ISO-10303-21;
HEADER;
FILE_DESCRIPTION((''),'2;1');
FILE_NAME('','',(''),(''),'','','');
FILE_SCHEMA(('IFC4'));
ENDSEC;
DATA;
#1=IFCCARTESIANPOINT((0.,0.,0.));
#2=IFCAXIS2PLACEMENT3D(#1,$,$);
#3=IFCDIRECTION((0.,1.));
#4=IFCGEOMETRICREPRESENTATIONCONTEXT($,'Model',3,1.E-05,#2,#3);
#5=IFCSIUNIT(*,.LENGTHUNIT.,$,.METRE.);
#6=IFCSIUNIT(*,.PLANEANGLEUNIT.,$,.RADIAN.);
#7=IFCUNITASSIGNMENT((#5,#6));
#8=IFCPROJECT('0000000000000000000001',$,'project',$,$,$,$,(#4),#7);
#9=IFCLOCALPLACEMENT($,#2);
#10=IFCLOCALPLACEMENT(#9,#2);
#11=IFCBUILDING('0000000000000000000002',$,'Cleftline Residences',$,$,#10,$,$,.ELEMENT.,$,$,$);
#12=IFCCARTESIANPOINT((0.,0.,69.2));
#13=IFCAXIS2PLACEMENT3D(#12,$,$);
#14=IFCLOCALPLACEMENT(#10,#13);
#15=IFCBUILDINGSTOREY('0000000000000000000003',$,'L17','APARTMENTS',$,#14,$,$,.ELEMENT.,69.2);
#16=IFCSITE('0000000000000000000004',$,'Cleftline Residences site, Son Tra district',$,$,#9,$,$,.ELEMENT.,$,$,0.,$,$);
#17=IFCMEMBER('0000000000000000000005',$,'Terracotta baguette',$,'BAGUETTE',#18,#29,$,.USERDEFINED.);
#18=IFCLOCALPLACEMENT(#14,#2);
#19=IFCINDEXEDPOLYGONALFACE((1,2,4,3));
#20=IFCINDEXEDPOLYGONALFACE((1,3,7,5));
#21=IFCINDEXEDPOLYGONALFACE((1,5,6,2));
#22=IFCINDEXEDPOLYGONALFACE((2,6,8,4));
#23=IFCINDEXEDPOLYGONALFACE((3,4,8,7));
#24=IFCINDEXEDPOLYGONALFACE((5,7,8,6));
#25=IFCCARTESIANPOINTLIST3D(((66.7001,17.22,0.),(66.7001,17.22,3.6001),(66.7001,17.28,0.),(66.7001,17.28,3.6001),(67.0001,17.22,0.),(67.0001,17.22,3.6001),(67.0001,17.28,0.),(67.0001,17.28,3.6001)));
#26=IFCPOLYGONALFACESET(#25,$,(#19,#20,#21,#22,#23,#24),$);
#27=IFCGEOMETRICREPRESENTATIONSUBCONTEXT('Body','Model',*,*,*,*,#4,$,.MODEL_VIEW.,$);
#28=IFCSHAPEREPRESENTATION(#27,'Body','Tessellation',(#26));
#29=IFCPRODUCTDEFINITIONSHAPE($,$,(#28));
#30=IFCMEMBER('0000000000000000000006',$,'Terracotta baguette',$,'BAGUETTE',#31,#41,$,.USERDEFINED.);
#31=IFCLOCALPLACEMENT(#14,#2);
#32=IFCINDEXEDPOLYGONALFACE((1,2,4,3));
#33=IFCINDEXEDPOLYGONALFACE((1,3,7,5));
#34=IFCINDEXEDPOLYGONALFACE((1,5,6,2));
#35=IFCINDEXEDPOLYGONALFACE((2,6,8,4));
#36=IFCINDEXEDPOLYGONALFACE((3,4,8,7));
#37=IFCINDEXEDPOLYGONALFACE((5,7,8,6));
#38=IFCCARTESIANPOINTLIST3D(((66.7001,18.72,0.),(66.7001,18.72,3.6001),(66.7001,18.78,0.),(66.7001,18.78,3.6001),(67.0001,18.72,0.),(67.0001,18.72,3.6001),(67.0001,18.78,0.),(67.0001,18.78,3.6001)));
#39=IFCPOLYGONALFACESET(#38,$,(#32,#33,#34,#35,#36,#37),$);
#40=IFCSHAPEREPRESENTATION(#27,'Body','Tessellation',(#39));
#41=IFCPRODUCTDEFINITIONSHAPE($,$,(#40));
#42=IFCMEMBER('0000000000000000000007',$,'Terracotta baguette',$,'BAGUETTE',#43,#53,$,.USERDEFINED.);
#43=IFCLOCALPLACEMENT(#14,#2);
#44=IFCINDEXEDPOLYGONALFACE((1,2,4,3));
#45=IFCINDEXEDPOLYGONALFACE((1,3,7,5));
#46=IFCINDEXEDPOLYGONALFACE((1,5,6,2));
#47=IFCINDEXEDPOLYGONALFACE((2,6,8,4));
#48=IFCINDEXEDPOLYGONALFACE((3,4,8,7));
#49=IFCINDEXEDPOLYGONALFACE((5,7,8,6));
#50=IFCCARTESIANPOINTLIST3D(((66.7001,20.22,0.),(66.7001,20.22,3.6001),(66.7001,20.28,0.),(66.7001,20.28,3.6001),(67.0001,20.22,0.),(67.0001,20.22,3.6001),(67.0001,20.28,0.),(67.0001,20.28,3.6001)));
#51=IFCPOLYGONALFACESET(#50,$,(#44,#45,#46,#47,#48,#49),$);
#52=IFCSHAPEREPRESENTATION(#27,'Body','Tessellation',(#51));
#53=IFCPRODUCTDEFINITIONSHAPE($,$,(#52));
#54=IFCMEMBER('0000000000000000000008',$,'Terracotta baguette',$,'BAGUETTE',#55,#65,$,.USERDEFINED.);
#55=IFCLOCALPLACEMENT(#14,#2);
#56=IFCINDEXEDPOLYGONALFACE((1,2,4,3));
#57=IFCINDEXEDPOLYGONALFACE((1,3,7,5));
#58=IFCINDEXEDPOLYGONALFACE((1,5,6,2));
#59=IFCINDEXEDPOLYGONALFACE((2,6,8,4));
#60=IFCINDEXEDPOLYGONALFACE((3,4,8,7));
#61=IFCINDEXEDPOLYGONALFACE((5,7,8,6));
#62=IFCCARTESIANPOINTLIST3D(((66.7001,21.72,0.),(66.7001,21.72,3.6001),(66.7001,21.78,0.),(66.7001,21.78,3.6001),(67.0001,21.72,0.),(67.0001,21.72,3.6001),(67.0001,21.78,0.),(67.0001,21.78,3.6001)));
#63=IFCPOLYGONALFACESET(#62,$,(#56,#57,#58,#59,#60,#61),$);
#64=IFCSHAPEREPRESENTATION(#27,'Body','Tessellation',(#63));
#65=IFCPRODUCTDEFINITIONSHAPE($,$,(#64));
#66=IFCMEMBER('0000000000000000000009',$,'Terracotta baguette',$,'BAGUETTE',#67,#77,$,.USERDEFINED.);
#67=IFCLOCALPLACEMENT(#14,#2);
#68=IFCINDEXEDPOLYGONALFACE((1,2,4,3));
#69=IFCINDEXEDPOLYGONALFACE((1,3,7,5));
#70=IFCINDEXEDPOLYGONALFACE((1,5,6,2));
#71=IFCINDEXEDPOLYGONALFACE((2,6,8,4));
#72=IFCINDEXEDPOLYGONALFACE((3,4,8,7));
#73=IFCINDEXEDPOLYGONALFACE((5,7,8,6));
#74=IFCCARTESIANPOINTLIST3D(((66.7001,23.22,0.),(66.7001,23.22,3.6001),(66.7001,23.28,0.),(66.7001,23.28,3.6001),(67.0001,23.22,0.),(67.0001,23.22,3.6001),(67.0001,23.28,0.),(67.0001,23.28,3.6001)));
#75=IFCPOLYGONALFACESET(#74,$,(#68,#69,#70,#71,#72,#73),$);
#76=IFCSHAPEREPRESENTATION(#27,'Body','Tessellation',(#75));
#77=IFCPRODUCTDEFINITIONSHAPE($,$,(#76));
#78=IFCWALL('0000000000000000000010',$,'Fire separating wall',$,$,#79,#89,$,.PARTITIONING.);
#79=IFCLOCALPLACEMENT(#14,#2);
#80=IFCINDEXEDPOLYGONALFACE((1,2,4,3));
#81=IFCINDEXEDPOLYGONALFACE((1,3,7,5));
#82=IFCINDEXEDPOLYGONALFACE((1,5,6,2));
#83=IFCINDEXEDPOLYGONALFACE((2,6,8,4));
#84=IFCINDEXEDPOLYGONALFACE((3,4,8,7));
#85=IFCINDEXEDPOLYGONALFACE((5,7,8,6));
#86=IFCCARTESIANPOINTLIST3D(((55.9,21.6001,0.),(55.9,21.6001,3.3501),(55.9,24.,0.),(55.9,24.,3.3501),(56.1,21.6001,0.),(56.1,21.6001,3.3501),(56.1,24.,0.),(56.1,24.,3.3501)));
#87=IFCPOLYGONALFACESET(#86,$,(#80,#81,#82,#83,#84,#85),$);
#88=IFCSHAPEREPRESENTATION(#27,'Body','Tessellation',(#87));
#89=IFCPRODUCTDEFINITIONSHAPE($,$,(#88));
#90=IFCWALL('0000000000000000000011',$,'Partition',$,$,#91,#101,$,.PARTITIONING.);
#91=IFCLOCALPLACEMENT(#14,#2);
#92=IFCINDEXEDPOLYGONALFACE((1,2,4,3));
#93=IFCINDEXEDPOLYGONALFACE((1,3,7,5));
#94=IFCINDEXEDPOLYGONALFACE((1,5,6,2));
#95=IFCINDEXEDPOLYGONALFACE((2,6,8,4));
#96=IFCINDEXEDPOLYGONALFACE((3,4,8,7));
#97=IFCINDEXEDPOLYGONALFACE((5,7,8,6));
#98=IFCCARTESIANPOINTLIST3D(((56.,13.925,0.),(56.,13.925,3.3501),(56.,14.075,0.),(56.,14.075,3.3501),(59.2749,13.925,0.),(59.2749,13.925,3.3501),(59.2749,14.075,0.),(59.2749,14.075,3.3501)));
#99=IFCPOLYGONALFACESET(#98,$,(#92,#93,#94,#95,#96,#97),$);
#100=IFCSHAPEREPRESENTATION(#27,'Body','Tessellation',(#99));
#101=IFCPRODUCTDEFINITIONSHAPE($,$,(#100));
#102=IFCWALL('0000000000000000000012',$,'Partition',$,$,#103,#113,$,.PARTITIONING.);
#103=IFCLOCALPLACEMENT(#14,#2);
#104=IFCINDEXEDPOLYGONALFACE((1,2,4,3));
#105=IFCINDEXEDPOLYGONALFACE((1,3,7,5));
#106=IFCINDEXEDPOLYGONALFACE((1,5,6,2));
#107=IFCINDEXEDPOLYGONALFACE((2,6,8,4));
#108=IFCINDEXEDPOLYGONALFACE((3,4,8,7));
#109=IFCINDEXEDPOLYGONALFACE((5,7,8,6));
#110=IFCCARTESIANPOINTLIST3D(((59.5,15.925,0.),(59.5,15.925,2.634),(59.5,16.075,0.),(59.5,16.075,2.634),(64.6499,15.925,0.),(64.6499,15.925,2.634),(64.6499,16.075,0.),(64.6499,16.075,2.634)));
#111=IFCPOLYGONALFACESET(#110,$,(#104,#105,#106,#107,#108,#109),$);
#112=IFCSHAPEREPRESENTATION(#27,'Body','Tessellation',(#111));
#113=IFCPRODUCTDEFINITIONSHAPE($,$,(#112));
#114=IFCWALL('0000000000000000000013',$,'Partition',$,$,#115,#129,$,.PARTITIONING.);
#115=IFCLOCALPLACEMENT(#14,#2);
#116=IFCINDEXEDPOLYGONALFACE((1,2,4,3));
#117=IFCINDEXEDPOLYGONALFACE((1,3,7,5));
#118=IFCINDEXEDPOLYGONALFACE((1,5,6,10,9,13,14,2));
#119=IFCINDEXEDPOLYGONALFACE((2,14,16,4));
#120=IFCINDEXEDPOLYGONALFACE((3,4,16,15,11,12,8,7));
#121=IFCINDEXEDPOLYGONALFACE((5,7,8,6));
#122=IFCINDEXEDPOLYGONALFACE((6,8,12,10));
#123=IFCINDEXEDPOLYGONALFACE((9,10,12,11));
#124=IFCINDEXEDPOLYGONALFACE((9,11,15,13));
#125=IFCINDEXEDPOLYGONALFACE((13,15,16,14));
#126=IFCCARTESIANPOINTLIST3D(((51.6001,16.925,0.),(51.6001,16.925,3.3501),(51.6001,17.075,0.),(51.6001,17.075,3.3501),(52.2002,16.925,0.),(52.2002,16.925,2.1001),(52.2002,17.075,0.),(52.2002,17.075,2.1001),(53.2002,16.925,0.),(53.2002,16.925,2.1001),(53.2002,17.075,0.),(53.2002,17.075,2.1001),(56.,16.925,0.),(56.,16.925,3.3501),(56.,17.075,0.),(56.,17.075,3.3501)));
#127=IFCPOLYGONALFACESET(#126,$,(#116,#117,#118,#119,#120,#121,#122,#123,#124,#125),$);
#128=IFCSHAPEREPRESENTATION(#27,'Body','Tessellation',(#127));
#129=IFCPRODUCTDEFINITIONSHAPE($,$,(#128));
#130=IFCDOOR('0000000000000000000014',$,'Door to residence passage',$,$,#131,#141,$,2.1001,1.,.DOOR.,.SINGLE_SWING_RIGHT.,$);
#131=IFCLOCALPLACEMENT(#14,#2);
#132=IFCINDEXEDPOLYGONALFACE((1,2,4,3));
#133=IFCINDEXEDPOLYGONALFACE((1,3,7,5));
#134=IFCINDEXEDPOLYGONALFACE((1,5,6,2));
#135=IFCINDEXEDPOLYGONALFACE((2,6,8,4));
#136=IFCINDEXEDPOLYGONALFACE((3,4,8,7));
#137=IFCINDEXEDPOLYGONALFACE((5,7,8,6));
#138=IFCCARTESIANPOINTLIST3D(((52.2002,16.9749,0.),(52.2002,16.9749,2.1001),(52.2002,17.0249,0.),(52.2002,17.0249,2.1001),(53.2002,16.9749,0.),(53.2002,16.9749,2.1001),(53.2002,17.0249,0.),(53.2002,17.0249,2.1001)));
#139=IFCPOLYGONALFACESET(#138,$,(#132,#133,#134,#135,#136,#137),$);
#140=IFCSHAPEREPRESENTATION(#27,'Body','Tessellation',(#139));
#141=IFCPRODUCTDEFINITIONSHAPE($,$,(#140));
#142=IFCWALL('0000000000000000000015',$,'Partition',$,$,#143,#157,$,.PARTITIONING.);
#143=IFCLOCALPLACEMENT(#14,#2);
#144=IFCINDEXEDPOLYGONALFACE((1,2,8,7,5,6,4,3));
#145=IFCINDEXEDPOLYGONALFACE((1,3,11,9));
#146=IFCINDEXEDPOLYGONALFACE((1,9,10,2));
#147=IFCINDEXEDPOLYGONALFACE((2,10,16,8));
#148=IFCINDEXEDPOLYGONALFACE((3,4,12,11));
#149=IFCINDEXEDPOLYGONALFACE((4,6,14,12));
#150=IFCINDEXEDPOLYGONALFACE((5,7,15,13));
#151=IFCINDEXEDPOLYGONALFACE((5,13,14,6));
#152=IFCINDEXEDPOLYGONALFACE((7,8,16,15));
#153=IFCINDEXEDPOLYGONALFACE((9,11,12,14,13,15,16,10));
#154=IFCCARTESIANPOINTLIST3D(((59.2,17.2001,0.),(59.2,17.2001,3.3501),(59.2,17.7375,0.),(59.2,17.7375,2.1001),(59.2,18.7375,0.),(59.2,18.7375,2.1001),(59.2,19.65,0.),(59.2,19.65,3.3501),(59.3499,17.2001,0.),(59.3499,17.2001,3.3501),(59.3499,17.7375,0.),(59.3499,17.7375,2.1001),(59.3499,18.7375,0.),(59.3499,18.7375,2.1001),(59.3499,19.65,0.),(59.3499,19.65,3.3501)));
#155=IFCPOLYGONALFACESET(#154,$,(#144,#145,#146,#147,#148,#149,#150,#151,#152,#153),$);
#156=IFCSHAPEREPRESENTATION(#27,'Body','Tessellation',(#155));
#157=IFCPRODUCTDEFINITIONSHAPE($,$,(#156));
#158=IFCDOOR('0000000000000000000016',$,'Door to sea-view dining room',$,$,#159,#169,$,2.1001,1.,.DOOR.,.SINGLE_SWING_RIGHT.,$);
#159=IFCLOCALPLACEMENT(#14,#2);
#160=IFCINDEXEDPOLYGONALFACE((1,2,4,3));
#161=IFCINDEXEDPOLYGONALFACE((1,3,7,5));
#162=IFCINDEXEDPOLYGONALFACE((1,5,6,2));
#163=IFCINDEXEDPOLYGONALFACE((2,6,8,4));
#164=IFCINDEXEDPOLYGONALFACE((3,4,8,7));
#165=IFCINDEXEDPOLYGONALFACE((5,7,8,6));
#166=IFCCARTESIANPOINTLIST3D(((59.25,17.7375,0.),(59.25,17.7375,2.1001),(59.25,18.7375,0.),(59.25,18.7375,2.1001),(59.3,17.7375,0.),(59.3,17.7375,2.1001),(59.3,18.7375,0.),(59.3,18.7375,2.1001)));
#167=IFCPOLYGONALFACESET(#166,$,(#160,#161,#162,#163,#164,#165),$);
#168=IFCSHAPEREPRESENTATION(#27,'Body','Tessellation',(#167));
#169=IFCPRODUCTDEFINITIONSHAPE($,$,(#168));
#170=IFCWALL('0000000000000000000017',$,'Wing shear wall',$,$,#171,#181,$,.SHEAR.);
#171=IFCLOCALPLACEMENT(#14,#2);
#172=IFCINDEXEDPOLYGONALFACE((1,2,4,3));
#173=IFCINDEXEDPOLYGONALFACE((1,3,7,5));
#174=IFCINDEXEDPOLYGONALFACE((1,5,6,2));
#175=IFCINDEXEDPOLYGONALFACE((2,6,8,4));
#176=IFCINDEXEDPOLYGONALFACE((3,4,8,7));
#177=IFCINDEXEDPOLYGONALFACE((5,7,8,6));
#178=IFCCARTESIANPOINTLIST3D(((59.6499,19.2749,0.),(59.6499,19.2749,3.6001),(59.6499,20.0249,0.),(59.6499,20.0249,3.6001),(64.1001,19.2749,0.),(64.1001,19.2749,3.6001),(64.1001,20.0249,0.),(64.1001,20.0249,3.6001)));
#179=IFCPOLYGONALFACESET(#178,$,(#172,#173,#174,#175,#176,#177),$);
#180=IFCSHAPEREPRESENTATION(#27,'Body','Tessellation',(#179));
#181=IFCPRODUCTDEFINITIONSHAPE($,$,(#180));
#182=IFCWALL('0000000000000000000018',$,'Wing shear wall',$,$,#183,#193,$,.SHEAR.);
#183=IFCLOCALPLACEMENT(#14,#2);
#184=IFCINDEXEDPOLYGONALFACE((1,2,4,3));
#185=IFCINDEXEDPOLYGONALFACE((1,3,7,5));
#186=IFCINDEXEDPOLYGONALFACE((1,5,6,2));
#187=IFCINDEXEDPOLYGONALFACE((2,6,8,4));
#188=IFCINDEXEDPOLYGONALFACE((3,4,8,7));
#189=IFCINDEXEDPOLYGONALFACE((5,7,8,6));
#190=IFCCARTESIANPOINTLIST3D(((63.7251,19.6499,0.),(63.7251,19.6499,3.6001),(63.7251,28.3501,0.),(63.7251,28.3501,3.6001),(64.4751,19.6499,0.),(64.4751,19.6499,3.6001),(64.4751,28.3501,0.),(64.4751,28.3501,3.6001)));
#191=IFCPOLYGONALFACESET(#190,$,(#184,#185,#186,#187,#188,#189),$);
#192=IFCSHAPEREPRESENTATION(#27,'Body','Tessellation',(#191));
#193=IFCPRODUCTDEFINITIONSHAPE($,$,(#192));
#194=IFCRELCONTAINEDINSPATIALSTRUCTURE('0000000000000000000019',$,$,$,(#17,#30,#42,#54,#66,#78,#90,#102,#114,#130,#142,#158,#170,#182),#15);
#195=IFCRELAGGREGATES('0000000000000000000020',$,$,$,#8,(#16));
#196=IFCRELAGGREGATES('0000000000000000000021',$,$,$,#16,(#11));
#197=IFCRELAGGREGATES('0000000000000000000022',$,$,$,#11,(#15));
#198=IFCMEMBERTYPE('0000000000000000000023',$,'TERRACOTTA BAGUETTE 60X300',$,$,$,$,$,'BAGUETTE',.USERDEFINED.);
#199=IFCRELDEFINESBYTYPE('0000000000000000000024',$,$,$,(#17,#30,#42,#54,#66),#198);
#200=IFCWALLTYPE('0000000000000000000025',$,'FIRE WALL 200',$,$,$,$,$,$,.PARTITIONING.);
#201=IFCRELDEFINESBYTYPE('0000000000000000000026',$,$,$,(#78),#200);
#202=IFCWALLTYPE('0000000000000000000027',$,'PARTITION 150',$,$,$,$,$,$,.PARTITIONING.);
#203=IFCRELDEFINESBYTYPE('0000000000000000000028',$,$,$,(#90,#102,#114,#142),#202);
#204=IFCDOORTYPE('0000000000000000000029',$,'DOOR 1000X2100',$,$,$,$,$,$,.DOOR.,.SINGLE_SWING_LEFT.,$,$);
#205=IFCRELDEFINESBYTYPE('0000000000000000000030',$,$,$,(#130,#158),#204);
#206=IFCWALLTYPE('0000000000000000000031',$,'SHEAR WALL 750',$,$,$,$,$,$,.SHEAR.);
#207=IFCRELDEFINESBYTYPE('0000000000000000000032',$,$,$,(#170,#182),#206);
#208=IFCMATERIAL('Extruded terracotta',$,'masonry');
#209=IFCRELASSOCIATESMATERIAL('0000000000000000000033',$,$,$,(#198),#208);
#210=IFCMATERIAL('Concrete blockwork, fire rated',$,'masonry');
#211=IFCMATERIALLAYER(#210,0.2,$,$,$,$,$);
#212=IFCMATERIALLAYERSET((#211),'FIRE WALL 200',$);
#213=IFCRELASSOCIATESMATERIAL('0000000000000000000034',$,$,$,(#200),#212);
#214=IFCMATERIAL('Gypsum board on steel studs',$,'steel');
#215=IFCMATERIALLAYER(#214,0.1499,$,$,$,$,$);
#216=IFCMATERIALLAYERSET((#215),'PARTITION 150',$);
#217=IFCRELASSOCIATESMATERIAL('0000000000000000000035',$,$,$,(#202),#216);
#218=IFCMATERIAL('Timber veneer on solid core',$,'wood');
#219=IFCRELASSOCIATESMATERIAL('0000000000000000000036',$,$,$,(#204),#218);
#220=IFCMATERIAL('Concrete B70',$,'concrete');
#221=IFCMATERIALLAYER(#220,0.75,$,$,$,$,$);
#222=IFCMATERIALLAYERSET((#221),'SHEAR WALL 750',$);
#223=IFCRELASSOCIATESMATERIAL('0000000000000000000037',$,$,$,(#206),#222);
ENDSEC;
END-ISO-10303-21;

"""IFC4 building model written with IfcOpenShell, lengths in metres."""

from ifc_helpers import new_model, si_unit, direction, frame, frame_2d, origin, origin_2d, place, context, subcontext, project, spatial, rectangle, extrude, material, layer, layer_set, material_profile, profile_set, type_object, element, fill, save


model = new_model("IFC4")

# Units and contexts
model_context = context("Model", 3, precision=1e-05, world=origin(), true_north=direction((0.0, 1.0)))
body_context = subcontext(model_context, "Body", "Model", "MODEL_VIEW")
ifc_project = project(units=[si_unit("LENGTHUNIT", "METRE"), si_unit("PLANEANGLEUNIT", "RADIAN")], contexts=[model_context])

# Site, building, storey
site_placement = place(None, origin())
site = spatial("IfcSite", under=ifc_project, at=site_placement, Name="Cleftline Residences site, Son Tra district", CompositionType="ELEMENT", RefElevation=0.0)
building_placement = place(site_placement, origin())
building = spatial("IfcBuilding", under=site, at=building_placement, Name="Cleftline Residences", CompositionType="ELEMENT")
storey_placement = place(building_placement, frame((0.0, 0.0, 69.2)))
storey = spatial("IfcBuildingStorey", under=building, at=storey_placement, Name="L17", Description="APARTMENTS", CompositionType="ELEMENT", Elevation=69.2)

# Members
ifc_material_1 = material(Name="Extruded terracotta", Category="masonry")
ifc_material_profile_1 = material_profile(ifc_material_1, rectangle(XDim=0.0601, YDim=0.3, at=origin_2d()))
ifc_profile_set_1 = profile_set([ifc_material_profile_1], Name="Extruded terracotta")
member_type_1 = type_object("IfcMemberType", Name="TERRACOTTA BAGUETTE 60X300", ElementType="BAGUETTE", PredefinedType="USERDEFINED", material=ifc_profile_set_1)
for number, where, z_axis, x_axis, name in (
    (1, (66.8501, 17.25, 0.0), (0.0, 0.0, 1.0), (0.0, 1.0, 0.0), "Terracotta baguette"),
    (2, (66.8501, 18.75, 0.0), (0.0, 0.0, 1.0), (0.0, 1.0, 0.0), "Terracotta baguette"),
    (3, (66.8501, 20.25, 0.0), (0.0, 0.0, 1.0), (0.0, 1.0, 0.0), "Terracotta baguette"),
    (4, (66.8501, 21.75, 0.0), (0.0, 0.0, 1.0), (0.0, 1.0, 0.0), "Terracotta baguette"),
    (5, (66.8501, 23.25, 0.0), (0.0, 0.0, 1.0), (0.0, 1.0, 0.0), "Terracotta baguette"),
):
    element("IfcMember", number, at=place(storey_placement, frame(where, z_axis=z_axis, x_axis=x_axis)), inside=storey, type_object=member_type_1, Name=name, ObjectType="BAGUETTE", PredefinedType="USERDEFINED", context=body_context, shape_type="SweptSolid", body=[
        extrude(rectangle(XDim=0.0601, YDim=0.3, at=origin_2d()), origin(), (0.0, 0.0, 1.0), 3.6001),
    ])

# Walls
ifc_material_2 = material(Name="Concrete blockwork, fire rated", Category="masonry")
ifc_layer_1 = layer(ifc_material_2, 0.2)
ifc_layer_set_1 = layer_set([ifc_layer_1], Name="FIRE WALL 200")
wall_type_1 = type_object("IfcWallType", Name="FIRE WALL 200", PredefinedType="PARTITIONING", material=ifc_layer_set_1)
wall_1_placement = place(storey_placement, frame((56.0, 21.6001, 0.0), z_axis=(0.0, 0.0, 1.0), x_axis=(0.0, 1.0, 0.0)))
element("IfcWall", 6, at=wall_1_placement, inside=storey, type_object=wall_type_1, Name="Fire separating wall", PredefinedType="PARTITIONING", context=body_context, shape_type="SweptSolid", body=[
    extrude(rectangle(XDim=2.3999, YDim=0.2, at=frame_2d((1.2, 0.0))), origin(), (0.0, 0.0, 1.0), 3.3501),
])
ifc_material_3 = material(Name="Gypsum board on steel studs", Category="steel")
ifc_layer_2 = layer(ifc_material_3, 0.1499)
ifc_layer_set_2 = layer_set([ifc_layer_2], Name="PARTITION 150")
wall_type_2 = type_object("IfcWallType", Name="PARTITION 150", PredefinedType="PARTITIONING", material=ifc_layer_set_2)
wall_2_placement = place(storey_placement, frame((56.0, 14.0, 0.0), z_axis=(0.0, 0.0, 1.0), x_axis=(1.0, 0.0, 0.0)))
element("IfcWall", 7, at=wall_2_placement, inside=storey, type_object=wall_type_2, Name="Partition", PredefinedType="PARTITIONING", context=body_context, shape_type="SweptSolid", body=[
    extrude(rectangle(XDim=3.2749, YDim=0.1499, at=frame_2d((1.6375, 0.0))), origin(), (0.0, 0.0, 1.0), 3.3501),
])
wall_3_placement = place(storey_placement, frame((59.5, 16.0, 0.0), z_axis=(0.0, 0.0, 1.0), x_axis=(1.0, 0.0, 0.0)))
element("IfcWall", 8, at=wall_3_placement, inside=storey, type_object=wall_type_2, Name="Partition", PredefinedType="PARTITIONING", context=body_context, shape_type="SweptSolid", body=[
    extrude(rectangle(XDim=5.1499, YDim=0.1499, at=frame_2d((2.575, 0.0))), origin(), (0.0, 0.0, 1.0), 2.634),
])

# Walls, openings, doors
wall_4_placement = place(storey_placement, frame((51.6001, 17.0, 0.0), z_axis=(0.0, 0.0, 1.0), x_axis=(1.0, 0.0, 0.0)))
wall_4 = element("IfcWall", 9, at=wall_4_placement, inside=storey, type_object=wall_type_2, Name="Partition", PredefinedType="PARTITIONING", context=body_context, shape_type="SweptSolid", body=[
    extrude(rectangle(XDim=4.3999, YDim=0.1499, at=frame_2d((2.2, 0.0))), origin(), (0.0, 0.0, 1.0), 3.3501),
])
opening_1_placement = place(wall_4_placement, frame((0.6001, 0.0, 0.0)))
opening_1 = element("IfcOpeningElement", 10, at=opening_1_placement, cuts=wall_4, PredefinedType="OPENING", context=body_context, shape_type="SweptSolid", body=[
    extrude(rectangle(XDim=1.0, YDim=2.1001, at=frame_2d((0.5, 1.05))), frame((0.0, 0.085, 0.0), z_axis=(0.0, -1.0, 0.0), x_axis=(1.0, 0.0, 0.0)), (0.0, 0.0, 1.0), 0.1699),
])
ifc_material_4 = material(Name="Timber veneer on solid core", Category="wood")
door_type = type_object("IfcDoorType", Name="DOOR 1000X2100", OperationType="SINGLE_SWING_LEFT", PredefinedType="DOOR", material=ifc_material_4)
door_1_placement = place(opening_1_placement, origin())
door_1 = element("IfcDoor", 11, at=door_1_placement, inside=storey, type_object=door_type, Name="Door to residence passage", OperationType="SINGLE_SWING_RIGHT", OverallHeight=2.1001, OverallWidth=1.0, PredefinedType="DOOR", context=body_context, shape_type="SweptSolid", body=[
    extrude(rectangle(XDim=1.0, YDim=2.1001, at=frame_2d((0.5, 1.05))), frame((0.0, 0.0249, 0.0), z_axis=(0.0, -1.0, 0.0), x_axis=(1.0, 0.0, 0.0)), (0.0, 0.0, 1.0), 0.05),
])
fill(opening_1, door_1)
wall_5_placement = place(storey_placement, frame((59.2749, 17.2, 0.0), z_axis=(0.0, 0.0, 1.0), x_axis=(0.0, 1.0, 0.0)))
wall_5 = element("IfcWall", 12, at=wall_5_placement, inside=storey, type_object=wall_type_2, Name="Partition", PredefinedType="PARTITIONING", context=body_context, shape_type="SweptSolid", body=[
    extrude(rectangle(XDim=2.45, YDim=0.1499, at=frame_2d((1.2251, 0.0))), origin(), (0.0, 0.0, 1.0), 3.3501),
])
opening_2_placement = place(wall_5_placement, frame((0.5376, 0.0, 0.0)))
opening_2 = element("IfcOpeningElement", 13, at=opening_2_placement, cuts=wall_5, PredefinedType="OPENING", context=body_context, shape_type="SweptSolid", body=[
    extrude(rectangle(XDim=1.0, YDim=2.1001, at=frame_2d((0.5, 1.05))), frame((0.0, 0.085, 0.0), z_axis=(0.0, -1.0, 0.0), x_axis=(1.0, 0.0, 0.0)), (0.0, 0.0, 1.0), 0.1699),
])
door_2_placement = place(opening_2_placement, origin())
door_2 = element("IfcDoor", 14, at=door_2_placement, inside=storey, type_object=door_type, Name="Door to sea-view dining room", OperationType="SINGLE_SWING_RIGHT", OverallHeight=2.1001, OverallWidth=1.0, PredefinedType="DOOR", context=body_context, shape_type="SweptSolid", body=[
    extrude(rectangle(XDim=1.0, YDim=2.1001, at=frame_2d((0.5, 1.05))), frame((0.0, 0.0249, 0.0), z_axis=(0.0, -1.0, 0.0), x_axis=(1.0, 0.0, 0.0)), (0.0, 0.0, 1.0), 0.05),
])
fill(opening_2, door_2)

# Walls
ifc_material_5 = material(Name="Concrete B70", Category="concrete")
ifc_layer_3 = layer(ifc_material_5, 0.75)
ifc_layer_set_3 = layer_set([ifc_layer_3], Name="SHEAR WALL 750")
wall_type_3 = type_object("IfcWallType", Name="SHEAR WALL 750", PredefinedType="SHEAR", material=ifc_layer_set_3)
wall_6_placement = place(storey_placement, frame((59.6499, 19.6499, 0.0), z_axis=(0.0, 0.0, 1.0), x_axis=(1.0, 0.0, 0.0)))
element("IfcWall", 15, at=wall_6_placement, inside=storey, type_object=wall_type_3, Name="Wing shear wall", PredefinedType="SHEAR", context=body_context, shape_type="SweptSolid", body=[
    extrude(rectangle(XDim=4.4502, YDim=0.75, at=frame_2d((2.2251, 0.0))), origin(), (0.0, 0.0, 1.0), 3.6001),
])
wall_7_placement = place(storey_placement, frame((64.1001, 19.6499, 0.0), z_axis=(0.0, 0.0, 1.0), x_axis=(0.0, 1.0, 0.0)))
element("IfcWall", 16, at=wall_7_placement, inside=storey, type_object=wall_type_3, Name="Wing shear wall", PredefinedType="SHEAR", context=body_context, shape_type="SweptSolid", body=[
    extrude(rectangle(XDim=8.7002, YDim=0.75, at=frame_2d((4.3501, 0.0))), origin(), (0.0, 0.0, 1.0), 3.6001),
])

save(model, "model.ifc")
